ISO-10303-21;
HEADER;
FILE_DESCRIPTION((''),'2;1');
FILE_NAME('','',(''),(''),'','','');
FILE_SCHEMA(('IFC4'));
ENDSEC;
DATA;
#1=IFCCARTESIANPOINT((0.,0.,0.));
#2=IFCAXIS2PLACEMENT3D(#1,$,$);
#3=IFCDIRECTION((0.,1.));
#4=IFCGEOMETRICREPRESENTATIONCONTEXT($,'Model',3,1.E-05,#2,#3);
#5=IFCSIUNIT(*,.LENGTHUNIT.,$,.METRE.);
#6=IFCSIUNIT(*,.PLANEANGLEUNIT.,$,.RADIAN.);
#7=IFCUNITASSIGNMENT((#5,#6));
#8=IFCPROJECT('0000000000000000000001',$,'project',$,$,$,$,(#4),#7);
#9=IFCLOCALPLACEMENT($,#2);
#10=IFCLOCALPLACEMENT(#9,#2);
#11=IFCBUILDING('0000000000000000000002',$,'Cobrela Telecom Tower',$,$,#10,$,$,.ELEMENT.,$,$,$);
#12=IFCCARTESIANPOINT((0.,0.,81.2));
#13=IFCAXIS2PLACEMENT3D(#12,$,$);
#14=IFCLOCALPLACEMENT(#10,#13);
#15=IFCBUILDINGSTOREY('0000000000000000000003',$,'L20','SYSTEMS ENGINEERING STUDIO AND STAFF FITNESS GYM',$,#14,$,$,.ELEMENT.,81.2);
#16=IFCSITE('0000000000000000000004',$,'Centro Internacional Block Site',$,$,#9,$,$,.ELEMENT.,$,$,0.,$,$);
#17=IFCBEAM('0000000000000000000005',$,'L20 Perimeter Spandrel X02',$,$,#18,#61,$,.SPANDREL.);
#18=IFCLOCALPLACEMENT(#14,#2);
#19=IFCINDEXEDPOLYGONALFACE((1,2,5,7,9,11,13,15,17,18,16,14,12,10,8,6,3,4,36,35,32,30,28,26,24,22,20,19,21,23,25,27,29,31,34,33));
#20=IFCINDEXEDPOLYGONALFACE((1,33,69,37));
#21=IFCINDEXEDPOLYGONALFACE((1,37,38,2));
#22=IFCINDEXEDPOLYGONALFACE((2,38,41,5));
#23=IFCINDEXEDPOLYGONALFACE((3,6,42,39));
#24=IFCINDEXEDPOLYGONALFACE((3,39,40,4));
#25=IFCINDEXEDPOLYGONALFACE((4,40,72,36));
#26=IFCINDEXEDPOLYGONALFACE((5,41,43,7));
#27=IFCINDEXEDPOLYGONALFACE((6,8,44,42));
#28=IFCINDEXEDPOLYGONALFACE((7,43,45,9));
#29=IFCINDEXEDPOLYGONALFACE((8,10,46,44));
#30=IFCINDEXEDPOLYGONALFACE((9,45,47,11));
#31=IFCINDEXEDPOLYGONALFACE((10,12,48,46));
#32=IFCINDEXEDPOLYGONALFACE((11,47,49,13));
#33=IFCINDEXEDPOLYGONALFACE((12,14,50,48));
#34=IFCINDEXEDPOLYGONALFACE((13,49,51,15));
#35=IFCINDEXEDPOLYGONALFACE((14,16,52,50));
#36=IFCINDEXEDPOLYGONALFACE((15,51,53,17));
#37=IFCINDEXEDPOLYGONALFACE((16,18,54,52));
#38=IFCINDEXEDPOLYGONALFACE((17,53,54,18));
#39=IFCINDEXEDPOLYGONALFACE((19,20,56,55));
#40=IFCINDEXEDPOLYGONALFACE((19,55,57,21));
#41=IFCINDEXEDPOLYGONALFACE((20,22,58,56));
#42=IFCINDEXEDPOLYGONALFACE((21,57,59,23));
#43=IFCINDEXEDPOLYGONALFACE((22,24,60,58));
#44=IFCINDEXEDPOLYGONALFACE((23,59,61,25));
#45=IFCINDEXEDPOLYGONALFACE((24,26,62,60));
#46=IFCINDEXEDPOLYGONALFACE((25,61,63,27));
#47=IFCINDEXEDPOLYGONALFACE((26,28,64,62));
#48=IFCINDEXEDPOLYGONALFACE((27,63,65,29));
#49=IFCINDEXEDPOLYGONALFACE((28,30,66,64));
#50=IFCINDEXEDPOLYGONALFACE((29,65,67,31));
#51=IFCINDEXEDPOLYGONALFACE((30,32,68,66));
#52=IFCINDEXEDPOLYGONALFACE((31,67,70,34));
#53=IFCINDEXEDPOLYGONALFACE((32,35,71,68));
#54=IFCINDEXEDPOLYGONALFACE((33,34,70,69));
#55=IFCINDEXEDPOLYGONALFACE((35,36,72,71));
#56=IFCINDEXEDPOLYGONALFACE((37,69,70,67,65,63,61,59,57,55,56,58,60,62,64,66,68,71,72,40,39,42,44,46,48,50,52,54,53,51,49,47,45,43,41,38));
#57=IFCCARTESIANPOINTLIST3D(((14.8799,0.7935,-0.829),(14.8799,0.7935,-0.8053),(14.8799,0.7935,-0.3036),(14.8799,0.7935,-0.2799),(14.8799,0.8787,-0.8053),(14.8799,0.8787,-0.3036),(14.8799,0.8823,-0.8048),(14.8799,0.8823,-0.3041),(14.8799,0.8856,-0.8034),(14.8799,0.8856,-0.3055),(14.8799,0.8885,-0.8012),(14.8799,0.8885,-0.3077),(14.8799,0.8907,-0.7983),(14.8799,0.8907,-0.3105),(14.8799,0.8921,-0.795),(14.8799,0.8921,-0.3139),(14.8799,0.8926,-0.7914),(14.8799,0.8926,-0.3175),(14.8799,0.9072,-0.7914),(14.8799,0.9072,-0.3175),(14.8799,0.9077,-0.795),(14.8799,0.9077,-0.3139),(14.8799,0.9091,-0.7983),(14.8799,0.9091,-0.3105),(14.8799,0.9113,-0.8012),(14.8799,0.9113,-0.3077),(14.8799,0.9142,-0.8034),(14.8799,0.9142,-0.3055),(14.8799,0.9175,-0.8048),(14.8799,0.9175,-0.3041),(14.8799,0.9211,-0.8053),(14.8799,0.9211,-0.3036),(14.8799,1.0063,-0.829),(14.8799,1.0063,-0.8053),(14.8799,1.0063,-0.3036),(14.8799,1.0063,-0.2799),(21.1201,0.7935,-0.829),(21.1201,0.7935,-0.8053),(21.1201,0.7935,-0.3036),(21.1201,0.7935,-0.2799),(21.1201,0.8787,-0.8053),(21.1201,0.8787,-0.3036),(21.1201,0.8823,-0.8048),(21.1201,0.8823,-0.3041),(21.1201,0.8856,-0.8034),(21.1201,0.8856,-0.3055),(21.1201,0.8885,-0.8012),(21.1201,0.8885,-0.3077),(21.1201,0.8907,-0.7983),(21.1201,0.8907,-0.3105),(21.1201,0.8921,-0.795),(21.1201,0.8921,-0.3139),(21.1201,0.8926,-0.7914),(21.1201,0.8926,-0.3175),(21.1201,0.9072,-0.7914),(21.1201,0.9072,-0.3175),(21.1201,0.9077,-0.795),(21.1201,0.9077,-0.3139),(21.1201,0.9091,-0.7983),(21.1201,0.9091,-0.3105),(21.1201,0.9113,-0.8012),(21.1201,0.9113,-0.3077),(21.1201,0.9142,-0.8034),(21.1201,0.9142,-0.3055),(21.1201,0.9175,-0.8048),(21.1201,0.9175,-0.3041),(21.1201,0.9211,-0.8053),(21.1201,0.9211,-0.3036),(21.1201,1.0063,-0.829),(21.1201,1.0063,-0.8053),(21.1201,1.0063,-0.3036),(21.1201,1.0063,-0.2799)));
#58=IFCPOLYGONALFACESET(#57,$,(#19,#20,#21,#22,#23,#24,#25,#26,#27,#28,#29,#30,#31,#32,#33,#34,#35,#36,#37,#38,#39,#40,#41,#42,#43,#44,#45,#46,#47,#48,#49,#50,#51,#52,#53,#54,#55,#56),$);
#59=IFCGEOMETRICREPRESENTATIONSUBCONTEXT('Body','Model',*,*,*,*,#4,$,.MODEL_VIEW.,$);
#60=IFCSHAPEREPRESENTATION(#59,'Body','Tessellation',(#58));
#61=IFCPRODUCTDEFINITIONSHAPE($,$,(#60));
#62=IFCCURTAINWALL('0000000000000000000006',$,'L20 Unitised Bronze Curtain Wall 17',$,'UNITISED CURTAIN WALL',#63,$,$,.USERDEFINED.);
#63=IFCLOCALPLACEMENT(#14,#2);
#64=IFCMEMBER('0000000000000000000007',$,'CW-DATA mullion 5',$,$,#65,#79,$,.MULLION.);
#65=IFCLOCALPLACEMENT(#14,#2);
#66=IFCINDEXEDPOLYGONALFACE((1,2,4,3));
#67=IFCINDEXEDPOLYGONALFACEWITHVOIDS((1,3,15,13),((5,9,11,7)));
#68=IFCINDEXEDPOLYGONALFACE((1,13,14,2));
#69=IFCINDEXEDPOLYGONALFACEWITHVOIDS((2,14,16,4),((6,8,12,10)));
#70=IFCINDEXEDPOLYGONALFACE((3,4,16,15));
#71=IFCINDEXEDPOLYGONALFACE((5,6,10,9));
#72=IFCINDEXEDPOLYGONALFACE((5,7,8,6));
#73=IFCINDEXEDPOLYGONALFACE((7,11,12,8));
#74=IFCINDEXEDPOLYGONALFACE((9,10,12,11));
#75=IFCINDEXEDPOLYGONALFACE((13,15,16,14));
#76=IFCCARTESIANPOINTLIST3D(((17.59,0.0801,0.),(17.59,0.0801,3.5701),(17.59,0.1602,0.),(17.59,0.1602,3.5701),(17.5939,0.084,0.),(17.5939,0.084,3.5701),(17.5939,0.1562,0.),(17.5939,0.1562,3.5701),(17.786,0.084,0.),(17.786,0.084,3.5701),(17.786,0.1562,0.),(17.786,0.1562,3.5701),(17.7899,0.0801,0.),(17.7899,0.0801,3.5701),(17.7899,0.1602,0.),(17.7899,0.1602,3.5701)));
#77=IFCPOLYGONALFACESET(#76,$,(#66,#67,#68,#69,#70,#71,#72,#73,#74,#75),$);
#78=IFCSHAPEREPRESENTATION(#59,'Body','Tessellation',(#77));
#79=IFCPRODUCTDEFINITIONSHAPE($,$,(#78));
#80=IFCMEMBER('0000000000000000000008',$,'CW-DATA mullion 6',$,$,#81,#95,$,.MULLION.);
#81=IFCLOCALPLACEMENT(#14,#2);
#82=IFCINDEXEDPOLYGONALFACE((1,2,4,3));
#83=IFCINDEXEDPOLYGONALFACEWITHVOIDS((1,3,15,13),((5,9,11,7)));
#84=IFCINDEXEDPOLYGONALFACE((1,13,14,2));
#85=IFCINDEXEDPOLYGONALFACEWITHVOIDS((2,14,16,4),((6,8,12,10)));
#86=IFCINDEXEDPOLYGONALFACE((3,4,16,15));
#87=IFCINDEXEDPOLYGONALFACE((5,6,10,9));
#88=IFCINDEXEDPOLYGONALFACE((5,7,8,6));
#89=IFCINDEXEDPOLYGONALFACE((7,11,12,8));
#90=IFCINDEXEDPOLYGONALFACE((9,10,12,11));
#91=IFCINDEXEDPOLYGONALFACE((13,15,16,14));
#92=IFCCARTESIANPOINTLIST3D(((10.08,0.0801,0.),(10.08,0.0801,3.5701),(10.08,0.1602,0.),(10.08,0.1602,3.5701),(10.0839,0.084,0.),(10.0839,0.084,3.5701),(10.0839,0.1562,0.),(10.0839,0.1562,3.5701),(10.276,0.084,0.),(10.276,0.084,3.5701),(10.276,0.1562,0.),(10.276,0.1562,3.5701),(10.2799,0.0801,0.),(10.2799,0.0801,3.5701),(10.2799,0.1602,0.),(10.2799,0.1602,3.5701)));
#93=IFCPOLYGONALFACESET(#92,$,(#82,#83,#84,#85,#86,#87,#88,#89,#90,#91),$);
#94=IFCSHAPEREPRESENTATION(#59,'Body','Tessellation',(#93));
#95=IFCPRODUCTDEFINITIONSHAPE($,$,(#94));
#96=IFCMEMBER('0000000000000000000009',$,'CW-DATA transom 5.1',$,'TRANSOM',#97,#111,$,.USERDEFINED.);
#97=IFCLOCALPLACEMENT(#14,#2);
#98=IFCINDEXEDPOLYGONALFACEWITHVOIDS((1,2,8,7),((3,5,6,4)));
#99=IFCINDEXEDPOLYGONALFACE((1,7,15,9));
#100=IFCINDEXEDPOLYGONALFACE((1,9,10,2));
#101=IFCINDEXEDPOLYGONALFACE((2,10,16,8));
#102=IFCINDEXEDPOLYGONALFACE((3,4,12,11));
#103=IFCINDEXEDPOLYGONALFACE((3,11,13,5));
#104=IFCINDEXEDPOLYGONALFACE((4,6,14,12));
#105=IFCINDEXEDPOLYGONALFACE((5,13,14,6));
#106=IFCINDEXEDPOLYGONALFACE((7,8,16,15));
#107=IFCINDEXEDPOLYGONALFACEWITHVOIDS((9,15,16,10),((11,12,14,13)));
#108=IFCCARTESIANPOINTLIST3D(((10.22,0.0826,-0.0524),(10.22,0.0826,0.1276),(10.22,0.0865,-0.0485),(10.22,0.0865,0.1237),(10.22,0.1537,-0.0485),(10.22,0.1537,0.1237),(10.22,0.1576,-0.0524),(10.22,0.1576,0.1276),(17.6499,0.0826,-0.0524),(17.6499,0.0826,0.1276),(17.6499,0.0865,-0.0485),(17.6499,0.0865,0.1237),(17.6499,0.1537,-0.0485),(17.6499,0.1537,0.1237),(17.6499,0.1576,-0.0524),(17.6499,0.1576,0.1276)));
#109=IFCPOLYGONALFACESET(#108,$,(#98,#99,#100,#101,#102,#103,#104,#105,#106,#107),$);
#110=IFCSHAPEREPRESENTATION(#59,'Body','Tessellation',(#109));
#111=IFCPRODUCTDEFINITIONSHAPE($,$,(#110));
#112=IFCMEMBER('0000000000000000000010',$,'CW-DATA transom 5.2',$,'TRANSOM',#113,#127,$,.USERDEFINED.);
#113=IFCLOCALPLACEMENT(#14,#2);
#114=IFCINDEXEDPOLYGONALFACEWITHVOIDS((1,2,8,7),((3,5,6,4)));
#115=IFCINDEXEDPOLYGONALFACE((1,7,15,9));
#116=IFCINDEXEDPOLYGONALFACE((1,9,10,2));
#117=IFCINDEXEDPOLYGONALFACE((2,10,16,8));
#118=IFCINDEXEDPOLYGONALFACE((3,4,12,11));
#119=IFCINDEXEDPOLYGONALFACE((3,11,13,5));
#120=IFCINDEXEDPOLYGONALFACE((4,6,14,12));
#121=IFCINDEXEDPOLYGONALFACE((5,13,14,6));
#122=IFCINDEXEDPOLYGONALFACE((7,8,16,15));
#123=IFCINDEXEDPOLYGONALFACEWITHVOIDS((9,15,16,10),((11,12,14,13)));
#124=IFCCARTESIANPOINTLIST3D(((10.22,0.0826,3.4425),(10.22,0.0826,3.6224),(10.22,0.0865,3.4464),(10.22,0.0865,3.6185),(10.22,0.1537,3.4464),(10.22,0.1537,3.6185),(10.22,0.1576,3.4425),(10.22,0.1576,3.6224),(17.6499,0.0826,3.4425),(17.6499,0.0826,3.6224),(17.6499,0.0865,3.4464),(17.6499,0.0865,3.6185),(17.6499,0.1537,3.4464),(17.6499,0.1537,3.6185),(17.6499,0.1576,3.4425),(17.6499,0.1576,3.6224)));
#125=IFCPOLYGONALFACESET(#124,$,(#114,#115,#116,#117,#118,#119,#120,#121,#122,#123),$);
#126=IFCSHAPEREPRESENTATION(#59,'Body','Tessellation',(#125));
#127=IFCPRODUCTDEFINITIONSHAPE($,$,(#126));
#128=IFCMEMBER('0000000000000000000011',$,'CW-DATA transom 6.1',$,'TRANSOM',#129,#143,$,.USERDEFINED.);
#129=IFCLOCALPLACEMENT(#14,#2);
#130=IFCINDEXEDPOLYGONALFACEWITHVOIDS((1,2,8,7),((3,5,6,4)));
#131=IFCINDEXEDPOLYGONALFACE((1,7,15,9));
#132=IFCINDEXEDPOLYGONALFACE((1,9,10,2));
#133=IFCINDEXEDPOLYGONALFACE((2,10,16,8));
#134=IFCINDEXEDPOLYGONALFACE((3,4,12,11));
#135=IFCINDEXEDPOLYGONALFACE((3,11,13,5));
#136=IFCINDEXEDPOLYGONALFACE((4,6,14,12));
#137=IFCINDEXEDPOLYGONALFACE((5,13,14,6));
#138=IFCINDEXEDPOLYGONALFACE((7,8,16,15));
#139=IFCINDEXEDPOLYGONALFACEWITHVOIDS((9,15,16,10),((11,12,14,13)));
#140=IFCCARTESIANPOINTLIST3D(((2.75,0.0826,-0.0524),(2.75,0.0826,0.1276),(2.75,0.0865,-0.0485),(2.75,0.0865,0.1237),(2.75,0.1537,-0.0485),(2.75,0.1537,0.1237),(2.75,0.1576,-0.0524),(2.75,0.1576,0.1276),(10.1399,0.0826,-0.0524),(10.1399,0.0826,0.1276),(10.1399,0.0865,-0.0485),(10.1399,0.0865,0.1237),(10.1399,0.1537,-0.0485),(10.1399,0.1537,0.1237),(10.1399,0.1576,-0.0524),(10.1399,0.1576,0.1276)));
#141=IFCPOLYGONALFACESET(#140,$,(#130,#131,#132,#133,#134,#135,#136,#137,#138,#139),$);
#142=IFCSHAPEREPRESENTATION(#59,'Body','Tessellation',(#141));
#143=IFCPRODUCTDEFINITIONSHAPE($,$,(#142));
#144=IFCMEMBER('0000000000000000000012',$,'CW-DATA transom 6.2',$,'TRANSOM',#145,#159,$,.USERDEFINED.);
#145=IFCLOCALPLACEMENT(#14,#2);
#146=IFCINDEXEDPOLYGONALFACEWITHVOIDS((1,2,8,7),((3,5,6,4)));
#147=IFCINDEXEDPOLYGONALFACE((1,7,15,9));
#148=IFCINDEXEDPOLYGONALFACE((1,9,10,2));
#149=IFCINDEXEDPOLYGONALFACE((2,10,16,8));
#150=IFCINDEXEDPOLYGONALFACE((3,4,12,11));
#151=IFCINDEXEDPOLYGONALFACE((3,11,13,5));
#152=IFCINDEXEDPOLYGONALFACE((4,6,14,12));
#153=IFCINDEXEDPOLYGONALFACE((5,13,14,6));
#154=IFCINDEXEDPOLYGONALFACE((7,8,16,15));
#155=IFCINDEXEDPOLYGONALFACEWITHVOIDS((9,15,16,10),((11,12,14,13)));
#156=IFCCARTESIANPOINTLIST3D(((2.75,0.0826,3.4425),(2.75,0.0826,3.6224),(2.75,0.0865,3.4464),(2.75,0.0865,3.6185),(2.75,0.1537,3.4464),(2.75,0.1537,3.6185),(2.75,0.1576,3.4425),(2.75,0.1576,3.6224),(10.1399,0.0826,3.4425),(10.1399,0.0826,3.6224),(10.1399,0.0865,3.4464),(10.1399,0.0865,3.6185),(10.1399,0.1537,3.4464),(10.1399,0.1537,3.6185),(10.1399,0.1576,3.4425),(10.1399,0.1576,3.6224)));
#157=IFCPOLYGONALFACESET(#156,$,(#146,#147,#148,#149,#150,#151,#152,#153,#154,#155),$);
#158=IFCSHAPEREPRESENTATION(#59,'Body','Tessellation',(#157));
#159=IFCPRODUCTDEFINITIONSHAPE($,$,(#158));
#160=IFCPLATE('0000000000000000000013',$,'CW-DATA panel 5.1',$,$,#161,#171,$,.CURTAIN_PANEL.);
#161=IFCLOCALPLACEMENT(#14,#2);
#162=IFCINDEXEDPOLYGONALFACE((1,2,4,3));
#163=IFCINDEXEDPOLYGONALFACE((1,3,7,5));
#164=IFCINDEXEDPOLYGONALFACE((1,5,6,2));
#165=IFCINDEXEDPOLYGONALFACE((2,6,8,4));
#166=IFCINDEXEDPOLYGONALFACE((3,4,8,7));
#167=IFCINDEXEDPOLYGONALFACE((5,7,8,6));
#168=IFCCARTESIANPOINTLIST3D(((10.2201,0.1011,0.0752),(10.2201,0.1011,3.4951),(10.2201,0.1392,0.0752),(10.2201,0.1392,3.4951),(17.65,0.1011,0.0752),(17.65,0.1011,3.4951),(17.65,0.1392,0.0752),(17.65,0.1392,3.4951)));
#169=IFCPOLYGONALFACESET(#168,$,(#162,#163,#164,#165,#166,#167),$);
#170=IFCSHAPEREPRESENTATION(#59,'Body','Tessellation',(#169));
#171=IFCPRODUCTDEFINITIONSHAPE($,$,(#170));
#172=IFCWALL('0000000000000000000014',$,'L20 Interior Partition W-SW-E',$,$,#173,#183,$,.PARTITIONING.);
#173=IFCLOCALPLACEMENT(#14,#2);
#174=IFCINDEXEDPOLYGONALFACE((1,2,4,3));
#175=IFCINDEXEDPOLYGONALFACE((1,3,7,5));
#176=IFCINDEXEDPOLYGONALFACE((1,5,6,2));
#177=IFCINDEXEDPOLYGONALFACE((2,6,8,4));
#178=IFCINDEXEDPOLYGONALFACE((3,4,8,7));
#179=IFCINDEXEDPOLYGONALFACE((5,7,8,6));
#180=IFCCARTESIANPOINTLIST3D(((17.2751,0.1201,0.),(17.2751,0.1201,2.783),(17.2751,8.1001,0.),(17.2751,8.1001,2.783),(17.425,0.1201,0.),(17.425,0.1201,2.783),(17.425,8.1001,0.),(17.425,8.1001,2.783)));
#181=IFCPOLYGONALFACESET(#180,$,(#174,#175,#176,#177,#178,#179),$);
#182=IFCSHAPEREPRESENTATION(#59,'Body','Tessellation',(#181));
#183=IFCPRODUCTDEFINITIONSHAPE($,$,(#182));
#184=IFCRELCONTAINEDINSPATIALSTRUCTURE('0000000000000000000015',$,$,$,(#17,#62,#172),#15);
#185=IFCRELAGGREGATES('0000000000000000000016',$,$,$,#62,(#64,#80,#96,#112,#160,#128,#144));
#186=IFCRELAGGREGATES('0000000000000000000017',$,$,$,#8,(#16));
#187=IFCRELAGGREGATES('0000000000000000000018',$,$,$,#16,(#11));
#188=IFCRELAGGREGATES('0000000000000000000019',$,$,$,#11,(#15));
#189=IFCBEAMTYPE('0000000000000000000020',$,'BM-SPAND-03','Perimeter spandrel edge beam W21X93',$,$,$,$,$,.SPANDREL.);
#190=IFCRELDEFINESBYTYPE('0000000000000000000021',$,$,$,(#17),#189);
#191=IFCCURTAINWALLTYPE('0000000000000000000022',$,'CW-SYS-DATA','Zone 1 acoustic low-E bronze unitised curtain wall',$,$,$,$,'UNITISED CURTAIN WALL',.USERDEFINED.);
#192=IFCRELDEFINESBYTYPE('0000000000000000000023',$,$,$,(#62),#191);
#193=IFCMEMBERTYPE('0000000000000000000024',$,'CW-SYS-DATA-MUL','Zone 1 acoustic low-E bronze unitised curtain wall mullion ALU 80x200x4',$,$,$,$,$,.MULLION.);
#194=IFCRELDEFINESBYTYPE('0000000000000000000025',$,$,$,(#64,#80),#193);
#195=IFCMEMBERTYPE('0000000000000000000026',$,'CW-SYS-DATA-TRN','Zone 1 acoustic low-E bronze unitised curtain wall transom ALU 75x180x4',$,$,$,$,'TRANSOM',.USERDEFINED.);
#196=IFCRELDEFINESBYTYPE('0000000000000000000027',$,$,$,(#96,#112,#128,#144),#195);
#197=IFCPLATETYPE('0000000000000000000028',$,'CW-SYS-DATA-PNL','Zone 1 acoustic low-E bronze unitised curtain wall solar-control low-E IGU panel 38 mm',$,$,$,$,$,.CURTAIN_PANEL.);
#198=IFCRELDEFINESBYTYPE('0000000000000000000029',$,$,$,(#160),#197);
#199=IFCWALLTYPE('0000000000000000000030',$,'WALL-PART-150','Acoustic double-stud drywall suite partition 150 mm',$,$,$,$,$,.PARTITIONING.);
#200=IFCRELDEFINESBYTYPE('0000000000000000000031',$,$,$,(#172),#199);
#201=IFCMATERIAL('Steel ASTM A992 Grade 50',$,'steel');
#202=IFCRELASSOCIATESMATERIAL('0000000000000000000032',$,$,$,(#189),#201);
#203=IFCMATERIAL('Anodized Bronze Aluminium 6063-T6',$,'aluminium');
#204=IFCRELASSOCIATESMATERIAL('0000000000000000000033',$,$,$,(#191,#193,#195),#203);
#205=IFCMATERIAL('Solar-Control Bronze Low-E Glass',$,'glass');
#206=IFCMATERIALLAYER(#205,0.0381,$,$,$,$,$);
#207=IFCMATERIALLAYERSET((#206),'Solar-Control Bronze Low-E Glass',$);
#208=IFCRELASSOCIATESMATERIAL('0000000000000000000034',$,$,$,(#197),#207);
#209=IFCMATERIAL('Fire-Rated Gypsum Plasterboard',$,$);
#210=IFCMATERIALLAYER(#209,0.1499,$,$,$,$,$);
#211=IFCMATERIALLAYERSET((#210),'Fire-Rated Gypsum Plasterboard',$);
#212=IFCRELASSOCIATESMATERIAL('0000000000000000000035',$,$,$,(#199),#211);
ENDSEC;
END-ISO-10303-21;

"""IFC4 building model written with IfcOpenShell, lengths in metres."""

from ifc_helpers import new_model, si_unit, direction, frame, frame_2d, origin, origin_2d, place, context, subcontext, project, spatial, rectangle, hollow_rectangle, i_section, extrude, material, layer, layer_set, material_profile, profile_set, type_object, element, aggregate, save


model = new_model("IFC4")

# Units and contexts
model_context = context("Model", 3, precision=1e-05, world=origin(), true_north=direction((0.0, 1.0)))
body_context = subcontext(model_context, "Body", "Model", "MODEL_VIEW")
ifc_project = project(units=[si_unit("LENGTHUNIT", "METRE"), si_unit("PLANEANGLEUNIT", "RADIAN")], contexts=[model_context])

# Site, building, storey
site_placement = place(None, origin())
site = spatial("IfcSite", under=ifc_project, at=site_placement, Name="Centro Internacional Block Site", CompositionType="ELEMENT", RefElevation=0.0)
building_placement = place(site_placement, origin())
building = spatial("IfcBuilding", under=site, at=building_placement, Name="Cobrela Telecom Tower", CompositionType="ELEMENT")
storey_placement = place(building_placement, frame((0.0, 0.0, 81.2)))
storey = spatial("IfcBuildingStorey", under=building, at=storey_placement, Name="L20", Description="SYSTEMS ENGINEERING STUDIO AND STAFF FITNESS GYM", CompositionType="ELEMENT", Elevation=81.2)

# Beam
ifc_material_1 = material(Name="Steel ASTM A992 Grade 50", Category="steel")
ifc_material_profile_1 = material_profile(ifc_material_1, i_section(OverallWidth=0.2129, OverallDepth=0.5491, WebThickness=0.0146, FlangeThickness=0.0237, FilletRadius=0.0139, at=origin_2d()), Name="W21X93")
ifc_profile_set_1 = profile_set([ifc_material_profile_1], Name="Steel ASTM A992 Grade 50")
beam_type_1 = type_object("IfcBeamType", Name="BM-SPAND-03", Description="Perimeter spandrel edge beam W21X93", PredefinedType="SPANDREL", material=ifc_profile_set_1)
beam_1_placement = place(storey_placement, frame((14.8799, 0.8999, -0.5544), z_axis=(1.0, 0.0, 0.0), x_axis=(0.0, 1.0, 0.0)))
element("IfcBeam", 1, at=beam_1_placement, inside=storey, type_object=beam_type_1, Name="L20 Perimeter Spandrel X02", PredefinedType="SPANDREL", context=body_context, shape_type="SweptSolid", body=[
    extrude(i_section(OverallWidth=0.2129, OverallDepth=0.5491, WebThickness=0.0146, FlangeThickness=0.0237, FilletRadius=0.0139, at=origin_2d()), origin(), (0.0, 0.0, 1.0), 6.2402),
])

# Curtain wall, members, plate
ifc_material_2 = material(Name="Anodized Bronze Aluminium 6063-T6", Category="aluminium")
curtain_wall_type = type_object("IfcCurtainWallType", Name="CW-SYS-DATA", Description="Zone 1 acoustic low-E bronze unitised curtain wall", ElementType="UNITISED CURTAIN WALL", PredefinedType="USERDEFINED", material=ifc_material_2)
curtain_wall_placement = place(storey_placement, origin())
curtain_wall = element("IfcCurtainWall", 2, at=curtain_wall_placement, inside=storey, type_object=curtain_wall_type, Name="L20 Unitised Bronze Curtain Wall 17", ObjectType="UNITISED CURTAIN WALL", PredefinedType="USERDEFINED")
ifc_material_profile_2 = material_profile(ifc_material_2, hollow_rectangle(XDim=0.0801, YDim=0.2, WallThickness=0.0039, at=origin_2d()), Name="ALU 80x200x4")
ifc_profile_set_2 = profile_set([ifc_material_profile_2], Name="Anodized Bronze Aluminium 6063-T6")
member_type_1 = type_object("IfcMemberType", Name="CW-SYS-DATA-MUL", Description="Zone 1 acoustic low-E bronze unitised curtain wall mullion ALU 80x200x4", PredefinedType="MULLION", material=ifc_profile_set_2)
member_1_placement = place(storey_placement, frame((17.6899, 0.1201, 0.0), z_axis=(0.0, 0.0, 1.0), x_axis=(0.0, -1.0, 0.0)))
member_1 = element("IfcMember", 3, at=member_1_placement, type_object=member_type_1, Name="CW-DATA mullion 5", PredefinedType="MULLION", context=body_context, shape_type="SweptSolid", body=[
    extrude(hollow_rectangle(XDim=0.0801, YDim=0.2, WallThickness=0.0039, at=origin_2d()), origin(), (0.0, 0.0, 1.0), 3.5701),
])
member_2_placement = place(storey_placement, frame((10.1799, 0.1201, 0.0), z_axis=(0.0, 0.0, 1.0), x_axis=(0.0, -1.0, 0.0)))
member_2 = element("IfcMember", 4, at=member_2_placement, type_object=member_type_1, Name="CW-DATA mullion 6", PredefinedType="MULLION", context=body_context, shape_type="SweptSolid", body=[
    extrude(hollow_rectangle(XDim=0.0801, YDim=0.2, WallThickness=0.0039, at=origin_2d()), origin(), (0.0, 0.0, 1.0), 3.5701),
])
ifc_material_profile_3 = material_profile(ifc_material_2, hollow_rectangle(XDim=0.075, YDim=0.1799, WallThickness=0.0039, at=origin_2d()), Name="ALU 75x180x4")
ifc_profile_set_3 = profile_set([ifc_material_profile_3], Name="Anodized Bronze Aluminium 6063-T6")
member_type_2 = type_object("IfcMemberType", Name="CW-SYS-DATA-TRN", Description="Zone 1 acoustic low-E bronze unitised curtain wall transom ALU 75x180x4", ElementType="TRANSOM", PredefinedType="USERDEFINED", material=ifc_profile_set_3)
member_3_placement = place(storey_placement, frame((17.6499, 0.1201, 0.0376), z_axis=(-1.0, 0.0, 0.0), x_axis=(0.0, -1.0, 0.0)))
member_3 = element("IfcMember", 5, at=member_3_placement, type_object=member_type_2, Name="CW-DATA transom 5.1", ObjectType="TRANSOM", PredefinedType="USERDEFINED", context=body_context, shape_type="SweptSolid", body=[
    extrude(hollow_rectangle(XDim=0.075, YDim=0.1799, WallThickness=0.0039, at=origin_2d()), origin(), (0.0, 0.0, 1.0), 7.4299),
])
member_4_placement = place(storey_placement, frame((17.6499, 0.1201, 3.5325), z_axis=(-1.0, 0.0, 0.0), x_axis=(0.0, -1.0, 0.0)))
member_4 = element("IfcMember", 6, at=member_4_placement, type_object=member_type_2, Name="CW-DATA transom 5.2", ObjectType="TRANSOM", PredefinedType="USERDEFINED", context=body_context, shape_type="SweptSolid", body=[
    extrude(hollow_rectangle(XDim=0.075, YDim=0.1799, WallThickness=0.0039, at=origin_2d()), origin(), (0.0, 0.0, 1.0), 7.4299),
])
member_5_placement = place(storey_placement, frame((10.1399, 0.1201, 0.0376), z_axis=(-1.0, 0.0, 0.0), x_axis=(0.0, -1.0, 0.0)))
member_5 = element("IfcMember", 7, at=member_5_placement, type_object=member_type_2, Name="CW-DATA transom 6.1", ObjectType="TRANSOM", PredefinedType="USERDEFINED", context=body_context, shape_type="SweptSolid", body=[
    extrude(hollow_rectangle(XDim=0.075, YDim=0.1799, WallThickness=0.0039, at=origin_2d()), origin(), (0.0, 0.0, 1.0), 7.3899),
])
member_6_placement = place(storey_placement, frame((10.1399, 0.1201, 3.5325), z_axis=(-1.0, 0.0, 0.0), x_axis=(0.0, -1.0, 0.0)))
member_6 = element("IfcMember", 8, at=member_6_placement, type_object=member_type_2, Name="CW-DATA transom 6.2", ObjectType="TRANSOM", PredefinedType="USERDEFINED", context=body_context, shape_type="SweptSolid", body=[
    extrude(hollow_rectangle(XDim=0.075, YDim=0.1799, WallThickness=0.0039, at=origin_2d()), origin(), (0.0, 0.0, 1.0), 7.3899),
])
ifc_material_3 = material(Name="Solar-Control Bronze Low-E Glass", Category="glass")
ifc_layer_1 = layer(ifc_material_3, 0.0381)
ifc_layer_set_1 = layer_set([ifc_layer_1], Name="Solar-Control Bronze Low-E Glass")
plate_type = type_object("IfcPlateType", Name="CW-SYS-DATA-PNL", Description="Zone 1 acoustic low-E bronze unitised curtain wall solar-control low-E IGU panel 38 mm", PredefinedType="CURTAIN_PANEL", material=ifc_layer_set_1)
plate_placement = place(storey_placement, frame((13.9351, 0.1201, 0.0752), z_axis=(0.0, 0.0, 1.0), x_axis=(-1.0, 0.0, 0.0)))
plate = element("IfcPlate", 9, at=plate_placement, type_object=plate_type, Name="CW-DATA panel 5.1", PredefinedType="CURTAIN_PANEL", context=body_context, shape_type="SweptSolid", body=[
    extrude(rectangle(XDim=7.4299, YDim=0.0381, at=origin_2d()), origin(), (0.0, 0.0, 1.0), 3.4199),
])
aggregate(curtain_wall, [member_1, member_2, member_3, member_4, plate, member_5, member_6])

# Wall
ifc_material_4 = material(Name="Fire-Rated Gypsum Plasterboard")
ifc_layer_2 = layer(ifc_material_4, 0.1499)
ifc_layer_set_2 = layer_set([ifc_layer_2], Name="Fire-Rated Gypsum Plasterboard")
wall_type = type_object("IfcWallType", Name="WALL-PART-150", Description="Acoustic double-stud drywall suite partition 150 mm", PredefinedType="PARTITIONING", material=ifc_layer_set_2)
wall_placement = place(storey_placement, frame((17.3501, 0.1201, 0.0), z_axis=(0.0, 0.0, 1.0), x_axis=(0.0, 1.0, 0.0)))
element("IfcWall", 10, at=wall_placement, inside=storey, type_object=wall_type, Name="L20 Interior Partition W-SW-E", PredefinedType="PARTITIONING", context=body_context, shape_type="SweptSolid", body=[
    extrude(rectangle(XDim=7.98, YDim=0.1499, at=frame_2d((3.99, 0.0))), origin(), (0.0, 0.0, 1.0), 2.783),
])

save(model, "model.ifc")
